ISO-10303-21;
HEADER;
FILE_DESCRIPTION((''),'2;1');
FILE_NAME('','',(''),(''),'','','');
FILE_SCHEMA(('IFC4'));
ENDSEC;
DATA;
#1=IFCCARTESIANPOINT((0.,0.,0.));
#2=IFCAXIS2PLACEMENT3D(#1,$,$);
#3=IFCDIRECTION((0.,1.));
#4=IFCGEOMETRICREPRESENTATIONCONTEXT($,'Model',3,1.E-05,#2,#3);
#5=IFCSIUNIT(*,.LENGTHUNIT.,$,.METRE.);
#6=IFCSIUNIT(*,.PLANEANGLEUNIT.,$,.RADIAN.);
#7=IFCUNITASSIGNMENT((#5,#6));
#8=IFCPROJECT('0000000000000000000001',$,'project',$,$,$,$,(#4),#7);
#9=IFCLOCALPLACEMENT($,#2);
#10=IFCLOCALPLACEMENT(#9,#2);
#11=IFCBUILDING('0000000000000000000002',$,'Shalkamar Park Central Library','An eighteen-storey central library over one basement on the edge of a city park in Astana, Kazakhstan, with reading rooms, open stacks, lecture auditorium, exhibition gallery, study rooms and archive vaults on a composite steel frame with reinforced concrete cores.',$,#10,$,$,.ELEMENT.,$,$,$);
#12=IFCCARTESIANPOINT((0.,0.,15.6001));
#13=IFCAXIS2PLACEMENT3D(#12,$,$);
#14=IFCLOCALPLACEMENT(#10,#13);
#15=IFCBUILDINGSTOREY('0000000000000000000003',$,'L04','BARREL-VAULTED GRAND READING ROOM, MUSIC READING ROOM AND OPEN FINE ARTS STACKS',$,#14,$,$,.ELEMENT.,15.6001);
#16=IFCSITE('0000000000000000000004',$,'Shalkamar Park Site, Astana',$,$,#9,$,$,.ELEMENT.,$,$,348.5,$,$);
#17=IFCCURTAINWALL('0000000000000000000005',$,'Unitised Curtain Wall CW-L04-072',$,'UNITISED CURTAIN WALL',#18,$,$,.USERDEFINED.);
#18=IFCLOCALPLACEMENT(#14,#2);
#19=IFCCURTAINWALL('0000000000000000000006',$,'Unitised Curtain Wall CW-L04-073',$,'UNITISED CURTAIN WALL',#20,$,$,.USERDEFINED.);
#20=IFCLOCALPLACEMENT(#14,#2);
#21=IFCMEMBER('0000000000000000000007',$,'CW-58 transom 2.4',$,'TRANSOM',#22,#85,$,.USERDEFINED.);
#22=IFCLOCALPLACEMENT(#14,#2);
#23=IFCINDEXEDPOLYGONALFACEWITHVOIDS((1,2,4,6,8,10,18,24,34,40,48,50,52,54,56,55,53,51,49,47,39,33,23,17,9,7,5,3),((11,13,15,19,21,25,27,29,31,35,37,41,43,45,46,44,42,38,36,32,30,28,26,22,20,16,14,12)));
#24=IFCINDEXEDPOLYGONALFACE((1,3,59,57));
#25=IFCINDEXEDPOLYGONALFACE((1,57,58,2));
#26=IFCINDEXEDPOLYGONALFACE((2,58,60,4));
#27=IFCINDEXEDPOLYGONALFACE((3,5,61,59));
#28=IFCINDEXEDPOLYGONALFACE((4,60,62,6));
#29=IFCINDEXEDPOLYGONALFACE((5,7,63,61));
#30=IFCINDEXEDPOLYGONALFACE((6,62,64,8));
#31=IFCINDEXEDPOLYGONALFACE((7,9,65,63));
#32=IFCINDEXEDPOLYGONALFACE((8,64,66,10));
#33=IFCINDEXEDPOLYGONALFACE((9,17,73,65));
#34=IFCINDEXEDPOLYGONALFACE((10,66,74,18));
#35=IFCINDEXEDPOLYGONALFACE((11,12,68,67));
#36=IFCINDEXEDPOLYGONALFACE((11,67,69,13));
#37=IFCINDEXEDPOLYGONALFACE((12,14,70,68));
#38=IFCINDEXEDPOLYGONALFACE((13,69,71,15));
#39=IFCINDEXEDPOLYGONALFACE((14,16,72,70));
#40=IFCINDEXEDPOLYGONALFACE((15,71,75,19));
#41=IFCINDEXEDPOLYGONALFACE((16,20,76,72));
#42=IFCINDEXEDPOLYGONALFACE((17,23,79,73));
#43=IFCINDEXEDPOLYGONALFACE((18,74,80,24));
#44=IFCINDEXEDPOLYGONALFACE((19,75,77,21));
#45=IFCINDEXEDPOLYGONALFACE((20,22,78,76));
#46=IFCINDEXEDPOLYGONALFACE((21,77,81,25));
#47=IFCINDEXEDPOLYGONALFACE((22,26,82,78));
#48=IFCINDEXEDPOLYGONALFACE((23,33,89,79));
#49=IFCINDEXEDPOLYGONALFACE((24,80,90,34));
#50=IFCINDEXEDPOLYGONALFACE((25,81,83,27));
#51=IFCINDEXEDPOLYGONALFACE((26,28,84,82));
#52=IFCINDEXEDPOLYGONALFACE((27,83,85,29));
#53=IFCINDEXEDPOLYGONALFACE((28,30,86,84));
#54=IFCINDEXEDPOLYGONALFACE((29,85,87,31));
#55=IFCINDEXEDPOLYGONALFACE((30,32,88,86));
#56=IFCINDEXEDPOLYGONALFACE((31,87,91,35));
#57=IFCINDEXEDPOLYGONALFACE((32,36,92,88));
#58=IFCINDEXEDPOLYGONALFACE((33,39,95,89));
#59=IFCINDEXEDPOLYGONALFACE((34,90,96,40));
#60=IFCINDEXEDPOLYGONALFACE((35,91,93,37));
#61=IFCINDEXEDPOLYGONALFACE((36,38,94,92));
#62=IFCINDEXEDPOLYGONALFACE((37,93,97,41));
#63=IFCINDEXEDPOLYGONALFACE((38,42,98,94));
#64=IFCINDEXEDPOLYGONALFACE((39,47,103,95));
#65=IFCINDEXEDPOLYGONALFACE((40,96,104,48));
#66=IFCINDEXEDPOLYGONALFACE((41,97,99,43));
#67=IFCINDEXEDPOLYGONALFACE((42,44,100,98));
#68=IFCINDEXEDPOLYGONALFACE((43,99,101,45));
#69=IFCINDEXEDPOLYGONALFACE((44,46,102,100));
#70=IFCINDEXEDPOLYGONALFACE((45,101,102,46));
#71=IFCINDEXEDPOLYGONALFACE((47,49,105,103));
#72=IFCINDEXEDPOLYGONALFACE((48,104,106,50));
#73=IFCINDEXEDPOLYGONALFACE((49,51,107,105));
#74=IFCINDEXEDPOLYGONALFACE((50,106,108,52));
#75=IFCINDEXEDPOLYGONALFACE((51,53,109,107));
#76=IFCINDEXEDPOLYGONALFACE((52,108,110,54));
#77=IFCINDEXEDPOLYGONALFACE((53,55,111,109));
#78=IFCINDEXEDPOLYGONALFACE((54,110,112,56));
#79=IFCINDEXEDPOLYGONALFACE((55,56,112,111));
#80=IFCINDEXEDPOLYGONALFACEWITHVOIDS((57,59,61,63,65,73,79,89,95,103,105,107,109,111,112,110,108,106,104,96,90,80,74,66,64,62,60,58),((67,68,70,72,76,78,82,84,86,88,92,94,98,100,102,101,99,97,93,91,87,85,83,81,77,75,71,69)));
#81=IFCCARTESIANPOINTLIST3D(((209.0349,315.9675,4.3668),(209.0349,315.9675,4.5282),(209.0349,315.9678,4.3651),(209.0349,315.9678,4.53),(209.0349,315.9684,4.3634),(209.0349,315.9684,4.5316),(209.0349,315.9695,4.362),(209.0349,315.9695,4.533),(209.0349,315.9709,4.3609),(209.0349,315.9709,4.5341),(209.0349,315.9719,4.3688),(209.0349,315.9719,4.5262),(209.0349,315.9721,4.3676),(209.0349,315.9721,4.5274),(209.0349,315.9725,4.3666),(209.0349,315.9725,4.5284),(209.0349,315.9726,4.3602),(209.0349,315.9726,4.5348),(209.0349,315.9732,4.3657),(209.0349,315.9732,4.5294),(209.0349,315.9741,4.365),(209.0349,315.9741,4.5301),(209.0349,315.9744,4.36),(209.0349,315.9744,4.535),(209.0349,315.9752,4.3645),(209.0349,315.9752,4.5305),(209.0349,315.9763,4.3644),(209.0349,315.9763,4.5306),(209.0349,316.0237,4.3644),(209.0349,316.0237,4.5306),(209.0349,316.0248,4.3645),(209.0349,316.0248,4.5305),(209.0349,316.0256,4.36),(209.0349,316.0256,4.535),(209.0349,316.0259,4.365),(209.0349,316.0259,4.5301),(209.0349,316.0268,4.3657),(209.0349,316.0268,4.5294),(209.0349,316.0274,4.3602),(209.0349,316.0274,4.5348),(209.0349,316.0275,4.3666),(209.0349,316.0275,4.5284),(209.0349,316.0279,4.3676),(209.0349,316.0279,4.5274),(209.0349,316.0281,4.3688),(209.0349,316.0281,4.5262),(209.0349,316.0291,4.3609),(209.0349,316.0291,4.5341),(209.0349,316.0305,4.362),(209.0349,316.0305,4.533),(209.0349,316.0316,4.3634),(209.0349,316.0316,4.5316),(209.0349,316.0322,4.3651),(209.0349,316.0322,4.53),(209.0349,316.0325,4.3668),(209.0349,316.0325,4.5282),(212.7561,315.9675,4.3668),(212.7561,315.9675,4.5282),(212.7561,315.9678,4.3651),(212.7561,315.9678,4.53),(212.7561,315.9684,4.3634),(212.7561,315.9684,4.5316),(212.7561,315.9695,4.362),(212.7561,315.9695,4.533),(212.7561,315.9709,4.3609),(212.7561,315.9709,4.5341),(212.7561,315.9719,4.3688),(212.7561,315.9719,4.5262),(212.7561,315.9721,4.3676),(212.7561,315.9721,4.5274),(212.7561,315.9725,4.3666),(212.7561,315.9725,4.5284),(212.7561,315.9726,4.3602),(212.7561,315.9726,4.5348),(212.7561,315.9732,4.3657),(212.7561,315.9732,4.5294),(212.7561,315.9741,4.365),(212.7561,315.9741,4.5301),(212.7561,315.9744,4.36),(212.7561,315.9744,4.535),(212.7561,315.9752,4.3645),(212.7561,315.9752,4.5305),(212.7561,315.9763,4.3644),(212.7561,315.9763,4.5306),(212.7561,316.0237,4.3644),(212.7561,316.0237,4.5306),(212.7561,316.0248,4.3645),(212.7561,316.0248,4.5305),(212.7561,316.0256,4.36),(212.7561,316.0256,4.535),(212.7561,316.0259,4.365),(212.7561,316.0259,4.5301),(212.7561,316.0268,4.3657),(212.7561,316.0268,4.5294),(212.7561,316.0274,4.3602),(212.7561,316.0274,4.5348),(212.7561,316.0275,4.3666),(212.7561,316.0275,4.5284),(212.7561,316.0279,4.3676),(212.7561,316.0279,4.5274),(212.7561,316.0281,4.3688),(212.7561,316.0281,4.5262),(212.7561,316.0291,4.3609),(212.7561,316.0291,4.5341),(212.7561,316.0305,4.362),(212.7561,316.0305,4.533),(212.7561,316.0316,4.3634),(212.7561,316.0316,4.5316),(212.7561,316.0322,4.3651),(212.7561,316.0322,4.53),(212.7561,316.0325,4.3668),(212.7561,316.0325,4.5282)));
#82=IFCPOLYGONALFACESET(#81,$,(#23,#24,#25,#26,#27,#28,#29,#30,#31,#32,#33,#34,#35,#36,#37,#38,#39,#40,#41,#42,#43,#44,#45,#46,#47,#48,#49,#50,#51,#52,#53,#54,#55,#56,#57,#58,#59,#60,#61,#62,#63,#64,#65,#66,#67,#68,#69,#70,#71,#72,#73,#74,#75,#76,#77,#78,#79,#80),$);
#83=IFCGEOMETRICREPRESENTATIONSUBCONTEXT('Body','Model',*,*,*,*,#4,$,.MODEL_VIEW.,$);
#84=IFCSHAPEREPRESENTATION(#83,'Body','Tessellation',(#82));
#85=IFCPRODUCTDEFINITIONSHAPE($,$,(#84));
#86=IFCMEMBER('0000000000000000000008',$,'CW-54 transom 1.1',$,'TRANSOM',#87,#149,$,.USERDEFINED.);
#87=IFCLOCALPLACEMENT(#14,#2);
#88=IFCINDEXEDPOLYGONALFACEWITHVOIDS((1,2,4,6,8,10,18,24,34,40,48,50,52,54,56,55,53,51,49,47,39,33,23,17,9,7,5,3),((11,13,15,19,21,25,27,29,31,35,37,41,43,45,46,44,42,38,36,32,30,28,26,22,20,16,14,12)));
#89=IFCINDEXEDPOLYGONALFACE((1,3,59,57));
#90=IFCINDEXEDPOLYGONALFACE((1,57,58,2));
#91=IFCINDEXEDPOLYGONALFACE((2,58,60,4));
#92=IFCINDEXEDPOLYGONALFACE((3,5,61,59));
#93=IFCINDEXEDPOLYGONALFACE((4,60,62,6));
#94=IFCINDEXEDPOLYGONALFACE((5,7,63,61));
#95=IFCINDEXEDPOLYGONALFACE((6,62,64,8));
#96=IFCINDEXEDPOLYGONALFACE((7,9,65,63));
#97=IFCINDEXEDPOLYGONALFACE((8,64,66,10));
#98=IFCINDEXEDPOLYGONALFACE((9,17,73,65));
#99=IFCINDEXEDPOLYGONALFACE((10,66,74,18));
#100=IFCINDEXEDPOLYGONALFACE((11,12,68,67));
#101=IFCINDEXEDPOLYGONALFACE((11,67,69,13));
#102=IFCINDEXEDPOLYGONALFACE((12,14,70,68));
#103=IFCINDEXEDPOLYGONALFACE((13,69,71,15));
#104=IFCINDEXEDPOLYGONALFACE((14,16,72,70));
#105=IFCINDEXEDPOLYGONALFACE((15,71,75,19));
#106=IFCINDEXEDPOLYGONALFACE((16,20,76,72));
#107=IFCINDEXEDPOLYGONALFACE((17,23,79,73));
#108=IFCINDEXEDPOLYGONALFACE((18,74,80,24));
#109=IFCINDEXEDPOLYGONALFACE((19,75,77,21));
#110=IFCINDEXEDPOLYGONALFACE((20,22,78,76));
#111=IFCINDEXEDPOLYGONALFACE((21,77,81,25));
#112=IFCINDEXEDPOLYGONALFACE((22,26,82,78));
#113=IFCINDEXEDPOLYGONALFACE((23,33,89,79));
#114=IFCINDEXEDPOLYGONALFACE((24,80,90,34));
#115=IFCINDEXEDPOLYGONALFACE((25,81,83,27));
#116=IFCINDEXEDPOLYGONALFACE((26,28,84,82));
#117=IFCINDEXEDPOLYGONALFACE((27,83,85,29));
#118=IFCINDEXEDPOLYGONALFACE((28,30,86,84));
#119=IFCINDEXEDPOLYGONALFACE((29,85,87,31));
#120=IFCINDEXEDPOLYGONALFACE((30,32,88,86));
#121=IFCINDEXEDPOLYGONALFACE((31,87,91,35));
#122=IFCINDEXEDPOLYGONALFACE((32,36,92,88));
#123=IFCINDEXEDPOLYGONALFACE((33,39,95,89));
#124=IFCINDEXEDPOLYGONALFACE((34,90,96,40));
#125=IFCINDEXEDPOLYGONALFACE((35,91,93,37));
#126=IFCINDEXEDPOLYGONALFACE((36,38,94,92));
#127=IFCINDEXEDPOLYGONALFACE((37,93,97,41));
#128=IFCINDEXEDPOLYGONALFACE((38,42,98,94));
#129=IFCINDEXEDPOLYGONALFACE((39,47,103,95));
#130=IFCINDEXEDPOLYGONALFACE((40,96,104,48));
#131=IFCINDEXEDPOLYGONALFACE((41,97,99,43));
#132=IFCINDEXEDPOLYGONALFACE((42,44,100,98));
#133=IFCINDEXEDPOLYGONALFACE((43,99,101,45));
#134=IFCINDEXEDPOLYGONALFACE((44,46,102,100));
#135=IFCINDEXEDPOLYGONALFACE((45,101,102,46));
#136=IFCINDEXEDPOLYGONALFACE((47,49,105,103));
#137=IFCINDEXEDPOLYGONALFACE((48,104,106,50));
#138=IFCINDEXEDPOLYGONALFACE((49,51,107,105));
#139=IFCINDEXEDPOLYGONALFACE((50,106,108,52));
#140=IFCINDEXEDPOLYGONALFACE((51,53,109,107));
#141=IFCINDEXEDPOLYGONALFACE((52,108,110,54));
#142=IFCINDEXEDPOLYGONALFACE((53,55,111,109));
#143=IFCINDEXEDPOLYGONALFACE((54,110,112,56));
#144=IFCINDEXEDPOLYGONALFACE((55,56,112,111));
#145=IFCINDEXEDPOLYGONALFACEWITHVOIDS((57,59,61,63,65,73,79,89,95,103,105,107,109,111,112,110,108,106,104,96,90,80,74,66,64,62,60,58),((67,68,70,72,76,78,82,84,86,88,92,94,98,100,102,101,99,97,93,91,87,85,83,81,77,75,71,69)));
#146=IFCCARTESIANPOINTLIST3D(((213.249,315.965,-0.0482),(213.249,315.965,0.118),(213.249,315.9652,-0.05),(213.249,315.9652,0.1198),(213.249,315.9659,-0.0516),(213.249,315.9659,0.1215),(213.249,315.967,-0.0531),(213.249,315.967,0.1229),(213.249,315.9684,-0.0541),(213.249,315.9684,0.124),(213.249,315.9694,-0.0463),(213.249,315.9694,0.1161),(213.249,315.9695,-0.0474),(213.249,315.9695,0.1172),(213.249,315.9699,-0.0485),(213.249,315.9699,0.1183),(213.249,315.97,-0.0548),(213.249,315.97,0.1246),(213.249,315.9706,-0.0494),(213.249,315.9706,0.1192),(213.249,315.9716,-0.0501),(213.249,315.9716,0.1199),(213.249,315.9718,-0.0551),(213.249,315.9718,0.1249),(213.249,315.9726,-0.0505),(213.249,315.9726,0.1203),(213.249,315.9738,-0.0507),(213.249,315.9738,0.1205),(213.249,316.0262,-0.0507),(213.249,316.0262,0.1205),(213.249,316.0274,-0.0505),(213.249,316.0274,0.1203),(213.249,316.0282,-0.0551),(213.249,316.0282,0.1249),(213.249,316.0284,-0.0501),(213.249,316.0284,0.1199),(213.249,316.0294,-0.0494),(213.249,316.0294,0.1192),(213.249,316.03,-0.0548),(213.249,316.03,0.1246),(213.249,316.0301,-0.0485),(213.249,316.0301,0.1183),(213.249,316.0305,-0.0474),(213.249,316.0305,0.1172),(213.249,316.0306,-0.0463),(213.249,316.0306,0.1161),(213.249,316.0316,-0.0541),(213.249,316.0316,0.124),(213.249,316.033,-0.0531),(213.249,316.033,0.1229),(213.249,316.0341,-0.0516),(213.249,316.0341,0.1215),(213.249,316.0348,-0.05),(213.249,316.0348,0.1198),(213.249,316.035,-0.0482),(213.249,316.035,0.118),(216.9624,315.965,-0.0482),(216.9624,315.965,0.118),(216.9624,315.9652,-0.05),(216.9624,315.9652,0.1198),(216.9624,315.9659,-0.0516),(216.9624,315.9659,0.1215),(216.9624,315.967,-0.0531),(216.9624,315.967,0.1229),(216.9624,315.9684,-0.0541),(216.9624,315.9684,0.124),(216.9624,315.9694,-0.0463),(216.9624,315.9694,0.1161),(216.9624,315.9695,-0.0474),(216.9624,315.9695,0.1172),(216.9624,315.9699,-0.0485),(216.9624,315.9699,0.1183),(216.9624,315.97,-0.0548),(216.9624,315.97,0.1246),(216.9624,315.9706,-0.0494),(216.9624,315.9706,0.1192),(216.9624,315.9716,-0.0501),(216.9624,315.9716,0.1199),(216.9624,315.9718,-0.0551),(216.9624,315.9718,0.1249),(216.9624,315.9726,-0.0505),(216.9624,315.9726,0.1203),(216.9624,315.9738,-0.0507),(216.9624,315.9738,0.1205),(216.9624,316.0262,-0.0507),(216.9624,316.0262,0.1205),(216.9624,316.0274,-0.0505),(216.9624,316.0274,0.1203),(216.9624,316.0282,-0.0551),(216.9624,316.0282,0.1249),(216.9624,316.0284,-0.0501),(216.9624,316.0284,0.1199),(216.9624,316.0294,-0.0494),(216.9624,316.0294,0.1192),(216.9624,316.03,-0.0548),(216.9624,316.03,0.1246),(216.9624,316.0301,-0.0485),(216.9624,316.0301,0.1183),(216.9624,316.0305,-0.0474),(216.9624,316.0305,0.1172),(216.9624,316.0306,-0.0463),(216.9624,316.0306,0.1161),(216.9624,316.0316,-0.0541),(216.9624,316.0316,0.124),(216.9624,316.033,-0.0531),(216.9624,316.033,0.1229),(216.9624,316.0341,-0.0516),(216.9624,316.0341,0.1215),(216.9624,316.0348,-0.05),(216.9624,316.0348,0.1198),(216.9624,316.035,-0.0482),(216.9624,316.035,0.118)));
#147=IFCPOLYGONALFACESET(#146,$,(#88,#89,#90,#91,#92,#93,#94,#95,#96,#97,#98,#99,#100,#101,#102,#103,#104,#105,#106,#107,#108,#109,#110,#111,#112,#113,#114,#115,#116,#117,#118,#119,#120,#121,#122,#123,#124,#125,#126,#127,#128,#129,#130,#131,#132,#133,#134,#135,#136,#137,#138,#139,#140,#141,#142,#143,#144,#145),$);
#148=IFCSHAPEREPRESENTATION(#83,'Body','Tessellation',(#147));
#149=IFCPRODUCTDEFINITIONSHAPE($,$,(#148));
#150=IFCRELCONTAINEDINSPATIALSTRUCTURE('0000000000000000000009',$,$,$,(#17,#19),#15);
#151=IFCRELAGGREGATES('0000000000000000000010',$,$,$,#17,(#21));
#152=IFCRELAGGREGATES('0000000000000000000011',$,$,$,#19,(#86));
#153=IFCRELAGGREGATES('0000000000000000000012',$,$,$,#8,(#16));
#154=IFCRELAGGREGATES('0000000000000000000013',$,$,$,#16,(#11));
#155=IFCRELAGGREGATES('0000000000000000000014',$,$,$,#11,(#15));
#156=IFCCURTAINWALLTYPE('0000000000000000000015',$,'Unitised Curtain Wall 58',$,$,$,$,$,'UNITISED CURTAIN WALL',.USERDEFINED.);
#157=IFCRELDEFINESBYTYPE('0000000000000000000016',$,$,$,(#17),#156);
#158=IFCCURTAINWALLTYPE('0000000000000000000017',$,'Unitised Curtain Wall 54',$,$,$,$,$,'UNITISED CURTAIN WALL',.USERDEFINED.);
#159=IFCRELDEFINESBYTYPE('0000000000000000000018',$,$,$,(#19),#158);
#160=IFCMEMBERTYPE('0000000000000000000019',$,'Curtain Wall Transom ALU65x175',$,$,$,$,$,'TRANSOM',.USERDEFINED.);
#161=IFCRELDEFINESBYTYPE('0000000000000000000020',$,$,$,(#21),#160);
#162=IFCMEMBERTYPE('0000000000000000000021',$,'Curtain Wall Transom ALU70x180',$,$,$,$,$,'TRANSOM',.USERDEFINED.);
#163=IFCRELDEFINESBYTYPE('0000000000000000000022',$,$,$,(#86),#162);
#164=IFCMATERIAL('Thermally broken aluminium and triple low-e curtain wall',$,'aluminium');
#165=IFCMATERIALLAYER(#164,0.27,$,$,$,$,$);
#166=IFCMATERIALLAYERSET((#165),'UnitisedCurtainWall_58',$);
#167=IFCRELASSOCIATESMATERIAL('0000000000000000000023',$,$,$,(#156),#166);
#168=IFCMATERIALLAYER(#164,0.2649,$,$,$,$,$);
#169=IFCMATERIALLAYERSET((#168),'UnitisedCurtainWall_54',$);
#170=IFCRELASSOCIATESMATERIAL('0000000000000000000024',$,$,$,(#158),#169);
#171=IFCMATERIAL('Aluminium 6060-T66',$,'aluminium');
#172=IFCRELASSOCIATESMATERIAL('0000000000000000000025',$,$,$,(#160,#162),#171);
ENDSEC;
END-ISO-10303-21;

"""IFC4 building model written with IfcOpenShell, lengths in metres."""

from ifc_helpers import new_model, si_unit, direction, frame, origin, origin_2d, place, context, subcontext, project, spatial, hollow_rectangle, extrude, material, layer, layer_set, material_profile, profile_set, type_object, element, aggregate, save


model = new_model("IFC4")

# Units and contexts
model_context = context("Model", 3, precision=1e-05, world=origin(), true_north=direction((0.0, 1.0)))
body_context = subcontext(model_context, "Body", "Model", "MODEL_VIEW")
ifc_project = project(units=[si_unit("LENGTHUNIT", "METRE"), si_unit("PLANEANGLEUNIT", "RADIAN")], contexts=[model_context])

# Site, building, storey
site_placement = place(None, origin())
site = spatial("IfcSite", under=ifc_project, at=site_placement, Name="Shalkamar Park Site, Astana", CompositionType="ELEMENT", RefElevation=348.5)
building_placement = place(site_placement, origin())
building = spatial("IfcBuilding", under=site, at=building_placement, Name="Shalkamar Park Central Library", Description="An eighteen-storey central library over one basement on the edge of a city park in Astana, Kazakhstan, with reading rooms, open stacks, lecture auditorium, exhibition gallery, study rooms and archive vaults on a composite steel frame with reinforced concrete cores.", CompositionType="ELEMENT")
storey_placement = place(building_placement, frame((0.0, 0.0, 15.6001)))
storey = spatial("IfcBuildingStorey", under=building, at=storey_placement, Name="L04", Description="BARREL-VAULTED GRAND READING ROOM, MUSIC READING ROOM AND OPEN FINE ARTS STACKS", CompositionType="ELEMENT", Elevation=15.6001)

# Curtain walls
ifc_material_1 = material(Name="Thermally broken aluminium and triple low-e curtain wall", Category="aluminium")
ifc_layer_1 = layer(ifc_material_1, 0.27)
ifc_layer_set_1 = layer_set([ifc_layer_1], Name="UnitisedCurtainWall_58")
curtain_wall_type_1 = type_object("IfcCurtainWallType", Name="Unitised Curtain Wall 58", ElementType="UNITISED CURTAIN WALL", PredefinedType="USERDEFINED", material=ifc_layer_set_1)
curtain_wall_1_placement = place(storey_placement, origin())
curtain_wall_1 = element("IfcCurtainWall", 1, at=curtain_wall_1_placement, inside=storey, type_object=curtain_wall_type_1, Name="Unitised Curtain Wall CW-L04-072", ObjectType="UNITISED CURTAIN WALL", PredefinedType="USERDEFINED")
ifc_material_2 = material(Name="Aluminium 6060-T66", Category="aluminium")
ifc_layer_2 = layer(ifc_material_1, 0.2649)
ifc_layer_set_2 = layer_set([ifc_layer_2], Name="UnitisedCurtainWall_54")
curtain_wall_type_2 = type_object("IfcCurtainWallType", Name="Unitised Curtain Wall 54", ElementType="UNITISED CURTAIN WALL", PredefinedType="USERDEFINED", material=ifc_layer_set_2)
curtain_wall_2_placement = place(storey_placement, origin())
curtain_wall_2 = element("IfcCurtainWall", 2, at=curtain_wall_2_placement, inside=storey, type_object=curtain_wall_type_2, Name="Unitised Curtain Wall CW-L04-073", ObjectType="UNITISED CURTAIN WALL", PredefinedType="USERDEFINED")

# Members
ifc_material_profile_1 = material_profile(ifc_material_2, hollow_rectangle(XDim=0.0649, YDim=0.175, WallThickness=0.0044, InnerFilletRadius=0.0044, OuterFilletRadius=0.0068, at=origin_2d()), Name="ALU 65x175x4.5")
ifc_profile_set_1 = profile_set([ifc_material_profile_1], Name="Aluminium 6060-T66")
member_type_1 = type_object("IfcMemberType", Name="Curtain Wall Transom ALU65x175", ElementType="TRANSOM", PredefinedType="USERDEFINED", material=ifc_profile_set_1)
member_1_placement = place(storey_placement, frame((209.0349, 316.0, 4.4475), z_axis=(1.0, 0.0, 0.0), x_axis=(0.0, 1.0, 0.0)))
member_1 = element("IfcMember", 3, at=member_1_placement, type_object=member_type_1, Name="CW-58 transom 2.4", ObjectType="TRANSOM", PredefinedType="USERDEFINED", context=body_context, shape_type="SweptSolid", body=[
    extrude(hollow_rectangle(XDim=0.0649, YDim=0.175, WallThickness=0.0044, InnerFilletRadius=0.0044, OuterFilletRadius=0.0068, at=origin_2d()), origin(), (0.0, 0.0, 1.0), 3.7212),
])
ifc_material_profile_2 = material_profile(ifc_material_2, hollow_rectangle(XDim=0.0701, YDim=0.1799, WallThickness=0.0044, InnerFilletRadius=0.0044, OuterFilletRadius=0.0068, at=origin_2d()), Name="ALU 70x180x4.5")
ifc_profile_set_2 = profile_set([ifc_material_profile_2], Name="Aluminium 6060-T66")
member_type_2 = type_object("IfcMemberType", Name="Curtain Wall Transom ALU70x180", ElementType="TRANSOM", PredefinedType="USERDEFINED", material=ifc_profile_set_2)
member_2_placement = place(storey_placement, frame((213.249, 316.0, 0.0349), z_axis=(1.0, 0.0, 0.0), x_axis=(0.0, 1.0, 0.0)))
member_2 = element("IfcMember", 4, at=member_2_placement, type_object=member_type_2, Name="CW-54 transom 1.1", ObjectType="TRANSOM", PredefinedType="USERDEFINED", context=body_context, shape_type="SweptSolid", body=[
    extrude(hollow_rectangle(XDim=0.0701, YDim=0.1799, WallThickness=0.0044, InnerFilletRadius=0.0044, OuterFilletRadius=0.0068, at=origin_2d()), origin(), (0.0, 0.0, 1.0), 3.7134),
])

aggregate(curtain_wall_1, [member_1])
aggregate(curtain_wall_2, [member_2])

save(model, "model.ifc")
